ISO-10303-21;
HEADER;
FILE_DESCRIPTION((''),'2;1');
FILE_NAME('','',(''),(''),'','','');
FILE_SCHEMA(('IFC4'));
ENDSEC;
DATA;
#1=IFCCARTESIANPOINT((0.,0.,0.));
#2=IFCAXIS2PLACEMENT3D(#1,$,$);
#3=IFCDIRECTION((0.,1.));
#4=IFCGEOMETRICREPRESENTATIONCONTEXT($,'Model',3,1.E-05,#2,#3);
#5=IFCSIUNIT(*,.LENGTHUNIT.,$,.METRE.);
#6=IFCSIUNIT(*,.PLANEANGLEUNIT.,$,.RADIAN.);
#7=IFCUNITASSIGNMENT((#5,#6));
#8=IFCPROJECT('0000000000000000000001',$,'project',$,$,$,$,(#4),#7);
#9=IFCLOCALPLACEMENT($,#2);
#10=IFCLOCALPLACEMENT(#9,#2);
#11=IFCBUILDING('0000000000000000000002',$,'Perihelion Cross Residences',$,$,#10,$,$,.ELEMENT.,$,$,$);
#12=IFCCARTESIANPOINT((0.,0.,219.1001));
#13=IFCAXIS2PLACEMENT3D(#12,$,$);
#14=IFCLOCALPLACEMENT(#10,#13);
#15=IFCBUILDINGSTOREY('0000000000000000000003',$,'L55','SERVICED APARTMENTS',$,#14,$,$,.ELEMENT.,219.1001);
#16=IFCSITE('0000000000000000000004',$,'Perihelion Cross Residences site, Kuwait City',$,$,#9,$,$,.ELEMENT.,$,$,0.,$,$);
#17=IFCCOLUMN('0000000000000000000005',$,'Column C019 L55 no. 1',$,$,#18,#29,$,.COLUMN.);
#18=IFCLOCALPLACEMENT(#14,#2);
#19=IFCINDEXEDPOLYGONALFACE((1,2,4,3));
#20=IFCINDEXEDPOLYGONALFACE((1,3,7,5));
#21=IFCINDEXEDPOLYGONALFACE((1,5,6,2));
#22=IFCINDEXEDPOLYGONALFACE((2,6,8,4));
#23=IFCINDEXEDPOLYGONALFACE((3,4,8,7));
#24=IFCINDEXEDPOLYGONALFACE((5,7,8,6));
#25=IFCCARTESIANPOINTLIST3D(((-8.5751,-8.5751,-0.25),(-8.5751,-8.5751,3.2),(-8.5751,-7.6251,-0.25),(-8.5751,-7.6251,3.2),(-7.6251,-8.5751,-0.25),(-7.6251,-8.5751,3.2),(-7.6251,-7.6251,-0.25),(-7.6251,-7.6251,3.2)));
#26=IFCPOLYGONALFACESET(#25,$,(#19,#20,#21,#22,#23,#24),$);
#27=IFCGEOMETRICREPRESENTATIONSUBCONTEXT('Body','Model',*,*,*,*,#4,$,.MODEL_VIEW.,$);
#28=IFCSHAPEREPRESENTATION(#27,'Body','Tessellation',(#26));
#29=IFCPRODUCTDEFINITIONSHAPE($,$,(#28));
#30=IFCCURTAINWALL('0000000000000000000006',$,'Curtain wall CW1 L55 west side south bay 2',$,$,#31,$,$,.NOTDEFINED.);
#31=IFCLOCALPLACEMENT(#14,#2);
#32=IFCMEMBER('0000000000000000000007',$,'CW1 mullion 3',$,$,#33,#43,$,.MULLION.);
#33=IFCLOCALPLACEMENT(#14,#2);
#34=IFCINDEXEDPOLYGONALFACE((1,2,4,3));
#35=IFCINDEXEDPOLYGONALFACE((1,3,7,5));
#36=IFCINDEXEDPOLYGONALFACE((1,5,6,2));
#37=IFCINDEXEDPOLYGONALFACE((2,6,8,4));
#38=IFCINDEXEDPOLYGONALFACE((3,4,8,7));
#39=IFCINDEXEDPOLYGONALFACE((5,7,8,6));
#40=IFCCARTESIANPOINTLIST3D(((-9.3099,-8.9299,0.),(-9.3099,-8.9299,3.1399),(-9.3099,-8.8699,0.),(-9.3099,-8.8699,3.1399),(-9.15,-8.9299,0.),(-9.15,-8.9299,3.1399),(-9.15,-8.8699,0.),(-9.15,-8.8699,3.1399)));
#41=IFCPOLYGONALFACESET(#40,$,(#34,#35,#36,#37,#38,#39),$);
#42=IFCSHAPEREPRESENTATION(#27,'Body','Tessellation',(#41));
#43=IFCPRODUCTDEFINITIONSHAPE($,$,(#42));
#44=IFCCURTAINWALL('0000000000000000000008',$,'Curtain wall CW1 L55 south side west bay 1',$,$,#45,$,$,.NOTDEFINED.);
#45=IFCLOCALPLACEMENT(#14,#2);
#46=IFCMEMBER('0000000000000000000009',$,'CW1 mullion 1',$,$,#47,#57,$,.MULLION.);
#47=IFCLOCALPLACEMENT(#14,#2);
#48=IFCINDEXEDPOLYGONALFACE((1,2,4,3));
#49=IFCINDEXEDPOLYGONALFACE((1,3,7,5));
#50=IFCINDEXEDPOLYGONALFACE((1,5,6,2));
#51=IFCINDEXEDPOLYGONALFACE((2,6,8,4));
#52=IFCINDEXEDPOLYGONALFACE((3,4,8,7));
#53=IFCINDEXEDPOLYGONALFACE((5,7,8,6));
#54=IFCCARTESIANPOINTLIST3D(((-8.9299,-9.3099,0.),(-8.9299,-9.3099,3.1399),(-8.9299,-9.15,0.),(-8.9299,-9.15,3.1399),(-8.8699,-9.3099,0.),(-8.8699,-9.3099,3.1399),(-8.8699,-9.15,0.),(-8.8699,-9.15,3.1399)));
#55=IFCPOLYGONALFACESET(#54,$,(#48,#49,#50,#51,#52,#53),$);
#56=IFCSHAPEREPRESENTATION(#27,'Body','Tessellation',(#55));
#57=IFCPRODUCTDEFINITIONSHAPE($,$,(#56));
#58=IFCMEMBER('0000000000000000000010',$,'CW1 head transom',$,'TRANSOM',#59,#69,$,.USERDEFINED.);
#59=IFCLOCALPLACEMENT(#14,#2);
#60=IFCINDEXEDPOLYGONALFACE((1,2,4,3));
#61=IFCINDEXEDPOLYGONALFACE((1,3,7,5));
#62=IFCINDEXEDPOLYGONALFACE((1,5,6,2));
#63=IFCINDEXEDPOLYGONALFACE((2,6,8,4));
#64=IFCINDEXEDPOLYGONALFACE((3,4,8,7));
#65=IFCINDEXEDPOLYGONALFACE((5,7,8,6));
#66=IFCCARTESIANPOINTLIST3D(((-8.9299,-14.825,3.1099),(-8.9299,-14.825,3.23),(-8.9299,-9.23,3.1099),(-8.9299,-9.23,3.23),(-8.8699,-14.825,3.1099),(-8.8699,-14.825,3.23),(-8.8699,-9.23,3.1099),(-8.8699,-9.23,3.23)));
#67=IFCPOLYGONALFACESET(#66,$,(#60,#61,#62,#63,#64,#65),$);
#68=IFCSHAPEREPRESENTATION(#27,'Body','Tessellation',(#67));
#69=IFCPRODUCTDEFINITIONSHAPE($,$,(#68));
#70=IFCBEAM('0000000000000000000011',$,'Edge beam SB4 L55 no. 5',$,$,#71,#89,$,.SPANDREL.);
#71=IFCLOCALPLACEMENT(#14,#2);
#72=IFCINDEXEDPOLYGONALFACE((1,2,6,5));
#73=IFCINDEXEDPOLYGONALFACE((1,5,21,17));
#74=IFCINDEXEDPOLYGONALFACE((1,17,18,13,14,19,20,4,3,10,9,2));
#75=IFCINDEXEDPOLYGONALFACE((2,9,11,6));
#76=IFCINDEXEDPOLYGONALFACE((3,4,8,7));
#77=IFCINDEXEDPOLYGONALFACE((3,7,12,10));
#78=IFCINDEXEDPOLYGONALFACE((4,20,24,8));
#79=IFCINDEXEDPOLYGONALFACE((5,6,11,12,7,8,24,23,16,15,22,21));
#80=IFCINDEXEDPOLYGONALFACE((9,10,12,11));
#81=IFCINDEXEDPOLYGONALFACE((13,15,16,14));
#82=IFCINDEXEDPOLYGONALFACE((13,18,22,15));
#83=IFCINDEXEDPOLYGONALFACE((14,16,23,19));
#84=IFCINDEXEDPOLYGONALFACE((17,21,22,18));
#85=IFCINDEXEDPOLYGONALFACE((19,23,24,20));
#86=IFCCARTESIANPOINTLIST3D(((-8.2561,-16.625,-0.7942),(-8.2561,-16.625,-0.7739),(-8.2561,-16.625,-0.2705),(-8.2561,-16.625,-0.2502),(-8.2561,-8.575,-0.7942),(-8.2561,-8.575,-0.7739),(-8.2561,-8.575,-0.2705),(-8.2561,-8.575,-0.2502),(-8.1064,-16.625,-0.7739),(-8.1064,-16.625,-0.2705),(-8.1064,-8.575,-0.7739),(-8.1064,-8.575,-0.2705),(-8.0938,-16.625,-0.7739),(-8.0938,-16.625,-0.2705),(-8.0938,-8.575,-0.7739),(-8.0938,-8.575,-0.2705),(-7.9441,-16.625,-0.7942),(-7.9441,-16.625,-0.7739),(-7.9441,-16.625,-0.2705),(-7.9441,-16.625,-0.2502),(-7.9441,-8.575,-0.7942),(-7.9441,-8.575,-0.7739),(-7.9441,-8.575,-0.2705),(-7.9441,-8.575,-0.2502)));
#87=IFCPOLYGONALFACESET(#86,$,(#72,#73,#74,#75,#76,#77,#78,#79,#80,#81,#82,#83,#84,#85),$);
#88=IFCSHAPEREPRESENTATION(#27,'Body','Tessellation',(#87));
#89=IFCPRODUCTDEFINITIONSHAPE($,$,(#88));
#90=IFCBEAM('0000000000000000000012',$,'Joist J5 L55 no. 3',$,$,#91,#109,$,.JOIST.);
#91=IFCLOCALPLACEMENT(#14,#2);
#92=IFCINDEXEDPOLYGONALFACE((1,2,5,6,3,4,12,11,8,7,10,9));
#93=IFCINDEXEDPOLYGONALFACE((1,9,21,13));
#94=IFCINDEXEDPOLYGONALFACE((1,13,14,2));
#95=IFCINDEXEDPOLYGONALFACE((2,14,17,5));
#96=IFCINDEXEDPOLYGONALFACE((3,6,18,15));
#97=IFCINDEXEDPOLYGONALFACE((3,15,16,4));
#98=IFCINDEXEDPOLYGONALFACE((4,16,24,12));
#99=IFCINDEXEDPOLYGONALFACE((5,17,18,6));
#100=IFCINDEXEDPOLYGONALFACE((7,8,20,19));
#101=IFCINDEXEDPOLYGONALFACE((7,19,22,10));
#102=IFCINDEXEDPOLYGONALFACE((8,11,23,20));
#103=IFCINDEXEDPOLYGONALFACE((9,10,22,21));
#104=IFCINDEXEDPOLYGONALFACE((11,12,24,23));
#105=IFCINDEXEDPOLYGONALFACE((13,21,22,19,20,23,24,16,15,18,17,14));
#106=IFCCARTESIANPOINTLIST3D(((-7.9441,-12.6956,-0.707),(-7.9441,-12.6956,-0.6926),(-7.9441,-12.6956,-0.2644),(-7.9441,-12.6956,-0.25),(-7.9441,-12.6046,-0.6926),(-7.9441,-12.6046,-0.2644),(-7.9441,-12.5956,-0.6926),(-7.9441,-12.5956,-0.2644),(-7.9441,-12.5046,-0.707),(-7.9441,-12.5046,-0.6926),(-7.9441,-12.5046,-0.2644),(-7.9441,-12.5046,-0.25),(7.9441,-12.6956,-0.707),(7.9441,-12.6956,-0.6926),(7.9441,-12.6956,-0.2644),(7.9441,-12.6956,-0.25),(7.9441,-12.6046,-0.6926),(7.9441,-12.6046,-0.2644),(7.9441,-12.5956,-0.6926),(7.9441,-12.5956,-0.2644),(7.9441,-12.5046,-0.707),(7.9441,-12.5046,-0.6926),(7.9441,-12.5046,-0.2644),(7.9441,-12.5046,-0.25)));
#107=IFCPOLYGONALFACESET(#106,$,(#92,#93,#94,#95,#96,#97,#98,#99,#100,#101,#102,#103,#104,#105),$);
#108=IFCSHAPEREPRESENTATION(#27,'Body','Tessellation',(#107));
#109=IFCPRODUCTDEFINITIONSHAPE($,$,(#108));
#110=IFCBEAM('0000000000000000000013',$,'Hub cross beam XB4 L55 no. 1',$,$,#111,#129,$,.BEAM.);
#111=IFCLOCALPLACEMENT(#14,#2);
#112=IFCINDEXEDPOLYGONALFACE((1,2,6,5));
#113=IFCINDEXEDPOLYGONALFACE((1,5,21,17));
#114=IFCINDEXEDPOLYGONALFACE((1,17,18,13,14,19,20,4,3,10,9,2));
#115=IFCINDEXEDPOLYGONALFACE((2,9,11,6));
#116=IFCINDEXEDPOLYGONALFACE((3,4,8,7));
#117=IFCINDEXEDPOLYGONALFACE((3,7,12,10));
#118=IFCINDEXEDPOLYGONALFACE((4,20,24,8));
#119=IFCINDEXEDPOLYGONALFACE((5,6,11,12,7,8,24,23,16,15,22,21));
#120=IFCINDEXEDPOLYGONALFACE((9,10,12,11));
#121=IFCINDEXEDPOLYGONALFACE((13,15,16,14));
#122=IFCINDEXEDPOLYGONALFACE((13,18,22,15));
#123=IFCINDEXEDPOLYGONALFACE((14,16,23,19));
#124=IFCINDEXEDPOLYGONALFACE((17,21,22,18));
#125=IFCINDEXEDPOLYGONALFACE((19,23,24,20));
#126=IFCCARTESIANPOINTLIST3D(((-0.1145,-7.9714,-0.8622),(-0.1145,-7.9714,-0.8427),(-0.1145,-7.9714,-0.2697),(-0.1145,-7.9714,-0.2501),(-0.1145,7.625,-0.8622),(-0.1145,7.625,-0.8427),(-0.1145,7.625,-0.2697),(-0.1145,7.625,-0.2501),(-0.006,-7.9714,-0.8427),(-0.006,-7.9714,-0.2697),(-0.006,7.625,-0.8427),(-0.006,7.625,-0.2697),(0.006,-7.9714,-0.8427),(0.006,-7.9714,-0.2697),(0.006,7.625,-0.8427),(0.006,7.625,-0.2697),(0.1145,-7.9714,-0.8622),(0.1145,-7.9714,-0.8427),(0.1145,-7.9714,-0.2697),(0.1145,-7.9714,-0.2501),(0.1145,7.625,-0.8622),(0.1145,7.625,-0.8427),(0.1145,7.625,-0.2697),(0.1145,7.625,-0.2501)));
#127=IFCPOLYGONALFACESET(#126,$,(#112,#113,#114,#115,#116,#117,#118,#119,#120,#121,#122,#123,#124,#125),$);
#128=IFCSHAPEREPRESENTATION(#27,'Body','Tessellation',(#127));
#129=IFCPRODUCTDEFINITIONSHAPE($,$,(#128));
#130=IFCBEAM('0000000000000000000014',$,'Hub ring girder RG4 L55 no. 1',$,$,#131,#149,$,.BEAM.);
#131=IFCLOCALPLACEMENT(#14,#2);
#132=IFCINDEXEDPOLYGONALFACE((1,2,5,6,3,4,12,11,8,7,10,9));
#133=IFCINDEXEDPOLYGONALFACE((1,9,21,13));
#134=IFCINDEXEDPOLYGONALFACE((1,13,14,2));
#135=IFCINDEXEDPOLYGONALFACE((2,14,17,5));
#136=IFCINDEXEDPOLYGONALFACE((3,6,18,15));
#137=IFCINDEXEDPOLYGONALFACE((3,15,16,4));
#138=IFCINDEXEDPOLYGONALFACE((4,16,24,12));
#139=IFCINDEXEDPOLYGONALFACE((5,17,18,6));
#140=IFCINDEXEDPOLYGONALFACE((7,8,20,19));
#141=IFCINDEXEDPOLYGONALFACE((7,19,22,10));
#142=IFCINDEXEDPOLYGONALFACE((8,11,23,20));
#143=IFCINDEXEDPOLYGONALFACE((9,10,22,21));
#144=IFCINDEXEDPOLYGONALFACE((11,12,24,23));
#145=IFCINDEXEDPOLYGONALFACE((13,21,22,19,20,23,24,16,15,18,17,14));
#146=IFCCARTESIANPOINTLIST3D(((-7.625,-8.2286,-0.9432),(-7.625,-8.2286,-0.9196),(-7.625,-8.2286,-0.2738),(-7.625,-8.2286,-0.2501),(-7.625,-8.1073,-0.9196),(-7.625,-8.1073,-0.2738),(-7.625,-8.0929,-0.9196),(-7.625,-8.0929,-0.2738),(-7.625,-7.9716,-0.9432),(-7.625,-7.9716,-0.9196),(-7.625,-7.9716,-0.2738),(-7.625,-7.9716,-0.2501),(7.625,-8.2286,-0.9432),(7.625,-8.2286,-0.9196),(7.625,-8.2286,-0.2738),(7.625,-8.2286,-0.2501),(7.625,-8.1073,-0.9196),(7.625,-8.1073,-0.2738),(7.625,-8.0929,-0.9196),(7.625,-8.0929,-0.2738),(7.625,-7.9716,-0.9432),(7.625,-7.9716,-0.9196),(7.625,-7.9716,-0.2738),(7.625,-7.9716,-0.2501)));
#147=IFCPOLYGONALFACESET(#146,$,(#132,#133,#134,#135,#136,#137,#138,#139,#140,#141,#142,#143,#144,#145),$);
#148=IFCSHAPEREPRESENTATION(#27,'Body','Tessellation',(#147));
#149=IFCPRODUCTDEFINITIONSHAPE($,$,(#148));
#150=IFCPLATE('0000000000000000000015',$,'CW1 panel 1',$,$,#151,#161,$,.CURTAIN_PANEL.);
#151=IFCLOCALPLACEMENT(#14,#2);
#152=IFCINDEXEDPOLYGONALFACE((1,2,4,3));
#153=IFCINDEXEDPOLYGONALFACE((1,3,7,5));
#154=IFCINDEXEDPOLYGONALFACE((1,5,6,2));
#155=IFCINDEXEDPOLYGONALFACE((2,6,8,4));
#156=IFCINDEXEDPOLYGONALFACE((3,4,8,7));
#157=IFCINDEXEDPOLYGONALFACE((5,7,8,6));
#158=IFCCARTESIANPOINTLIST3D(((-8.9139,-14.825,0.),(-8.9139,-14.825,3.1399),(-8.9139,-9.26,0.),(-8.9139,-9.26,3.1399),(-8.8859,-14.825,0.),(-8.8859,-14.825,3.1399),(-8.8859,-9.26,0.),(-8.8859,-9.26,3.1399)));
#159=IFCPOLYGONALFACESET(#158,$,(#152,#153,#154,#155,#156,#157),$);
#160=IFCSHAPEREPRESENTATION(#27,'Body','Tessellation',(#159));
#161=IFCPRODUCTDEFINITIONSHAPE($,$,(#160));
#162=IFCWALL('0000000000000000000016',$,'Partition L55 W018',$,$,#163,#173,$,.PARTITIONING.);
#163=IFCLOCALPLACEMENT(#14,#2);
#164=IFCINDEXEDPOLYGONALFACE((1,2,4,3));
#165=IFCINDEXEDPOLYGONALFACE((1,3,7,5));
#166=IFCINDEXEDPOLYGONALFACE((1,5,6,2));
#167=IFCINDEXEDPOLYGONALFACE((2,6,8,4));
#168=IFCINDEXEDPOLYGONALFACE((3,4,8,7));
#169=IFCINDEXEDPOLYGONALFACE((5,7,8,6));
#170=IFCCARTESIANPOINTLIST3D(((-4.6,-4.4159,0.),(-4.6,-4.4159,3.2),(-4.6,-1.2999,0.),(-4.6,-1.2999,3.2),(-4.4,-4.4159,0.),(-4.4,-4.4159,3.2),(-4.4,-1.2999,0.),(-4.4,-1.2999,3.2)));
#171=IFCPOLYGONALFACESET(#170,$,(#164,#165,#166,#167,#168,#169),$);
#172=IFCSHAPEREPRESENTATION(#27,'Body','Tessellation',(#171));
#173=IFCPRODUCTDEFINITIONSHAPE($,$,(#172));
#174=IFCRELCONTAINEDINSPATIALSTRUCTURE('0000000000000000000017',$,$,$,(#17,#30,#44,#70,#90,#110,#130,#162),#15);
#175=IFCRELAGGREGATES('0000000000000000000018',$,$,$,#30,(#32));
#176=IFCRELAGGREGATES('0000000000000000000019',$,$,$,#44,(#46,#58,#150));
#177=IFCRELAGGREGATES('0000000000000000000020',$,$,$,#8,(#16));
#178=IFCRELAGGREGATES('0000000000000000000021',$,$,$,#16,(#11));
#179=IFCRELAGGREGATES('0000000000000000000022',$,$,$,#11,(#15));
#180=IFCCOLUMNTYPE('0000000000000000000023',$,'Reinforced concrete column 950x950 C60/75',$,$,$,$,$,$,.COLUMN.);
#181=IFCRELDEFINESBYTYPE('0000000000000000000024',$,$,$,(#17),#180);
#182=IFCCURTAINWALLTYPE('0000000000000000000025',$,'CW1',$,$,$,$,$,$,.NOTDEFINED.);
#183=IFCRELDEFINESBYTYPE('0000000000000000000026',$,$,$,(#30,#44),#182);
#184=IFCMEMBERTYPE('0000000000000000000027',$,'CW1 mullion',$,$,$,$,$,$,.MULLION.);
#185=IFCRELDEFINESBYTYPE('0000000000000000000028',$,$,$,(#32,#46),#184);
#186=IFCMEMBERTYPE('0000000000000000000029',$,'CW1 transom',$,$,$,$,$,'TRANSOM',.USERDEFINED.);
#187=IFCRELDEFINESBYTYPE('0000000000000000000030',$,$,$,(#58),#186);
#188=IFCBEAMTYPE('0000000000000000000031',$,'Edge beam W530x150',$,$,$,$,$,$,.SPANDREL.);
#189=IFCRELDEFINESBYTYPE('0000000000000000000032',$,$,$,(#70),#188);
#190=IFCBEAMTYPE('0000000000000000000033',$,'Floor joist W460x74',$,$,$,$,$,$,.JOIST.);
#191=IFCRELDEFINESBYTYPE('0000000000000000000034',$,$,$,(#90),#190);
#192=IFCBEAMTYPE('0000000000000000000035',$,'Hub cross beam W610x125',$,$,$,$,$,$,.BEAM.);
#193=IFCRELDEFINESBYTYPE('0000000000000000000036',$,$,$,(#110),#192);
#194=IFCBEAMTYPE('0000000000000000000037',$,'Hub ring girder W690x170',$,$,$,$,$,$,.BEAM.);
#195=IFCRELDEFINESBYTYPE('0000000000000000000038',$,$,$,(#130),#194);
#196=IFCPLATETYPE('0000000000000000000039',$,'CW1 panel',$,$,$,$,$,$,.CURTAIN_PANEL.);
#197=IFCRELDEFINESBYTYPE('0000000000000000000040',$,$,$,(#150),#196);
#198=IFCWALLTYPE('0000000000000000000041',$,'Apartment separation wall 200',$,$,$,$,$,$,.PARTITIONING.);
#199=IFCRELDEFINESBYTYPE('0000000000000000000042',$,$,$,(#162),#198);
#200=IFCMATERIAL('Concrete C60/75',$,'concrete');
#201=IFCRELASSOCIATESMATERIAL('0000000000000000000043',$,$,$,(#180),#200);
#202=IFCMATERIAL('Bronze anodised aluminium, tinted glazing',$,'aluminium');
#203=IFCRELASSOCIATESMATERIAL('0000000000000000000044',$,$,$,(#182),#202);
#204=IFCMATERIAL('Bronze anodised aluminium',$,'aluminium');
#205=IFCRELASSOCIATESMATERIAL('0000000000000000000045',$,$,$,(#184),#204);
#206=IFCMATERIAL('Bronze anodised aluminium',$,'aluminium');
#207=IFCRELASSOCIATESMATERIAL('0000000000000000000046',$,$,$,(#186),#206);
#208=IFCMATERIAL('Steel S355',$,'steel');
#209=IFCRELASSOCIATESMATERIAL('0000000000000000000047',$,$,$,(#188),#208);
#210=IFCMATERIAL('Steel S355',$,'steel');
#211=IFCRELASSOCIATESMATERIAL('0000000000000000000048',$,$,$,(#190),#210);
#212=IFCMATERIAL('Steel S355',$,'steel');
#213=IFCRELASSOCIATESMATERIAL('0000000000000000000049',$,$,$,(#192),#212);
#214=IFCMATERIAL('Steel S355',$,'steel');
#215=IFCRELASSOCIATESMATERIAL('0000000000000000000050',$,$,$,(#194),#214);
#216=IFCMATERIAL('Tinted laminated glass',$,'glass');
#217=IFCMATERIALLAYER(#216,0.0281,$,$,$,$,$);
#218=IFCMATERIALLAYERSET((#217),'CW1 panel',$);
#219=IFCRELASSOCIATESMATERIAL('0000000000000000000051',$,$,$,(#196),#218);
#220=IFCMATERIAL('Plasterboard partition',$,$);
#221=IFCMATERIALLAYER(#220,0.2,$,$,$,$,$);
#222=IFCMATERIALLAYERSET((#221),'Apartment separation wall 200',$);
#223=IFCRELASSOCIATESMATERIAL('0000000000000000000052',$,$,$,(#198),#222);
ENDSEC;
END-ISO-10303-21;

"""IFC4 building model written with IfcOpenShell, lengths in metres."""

from ifc_helpers import new_model, si_unit, direction, frame, frame_2d, origin, origin_2d, place, context, subcontext, project, spatial, rectangle, i_section, extrude, material, layer, layer_set, material_profile, profile_set, type_object, element, aggregate, save


model = new_model("IFC4")

# Units and contexts
model_context = context("Model", 3, precision=1e-05, world=origin(), true_north=direction((0.0, 1.0)))
body_context = subcontext(model_context, "Body", "Model", "MODEL_VIEW")
ifc_project = project(units=[si_unit("LENGTHUNIT", "METRE"), si_unit("PLANEANGLEUNIT", "RADIAN")], contexts=[model_context])

# Site, building, storey
site_placement = place(None, origin())
site = spatial("IfcSite", under=ifc_project, at=site_placement, Name="Perihelion Cross Residences site, Kuwait City", CompositionType="ELEMENT", RefElevation=0.0)
building_placement = place(site_placement, origin())
building = spatial("IfcBuilding", under=site, at=building_placement, Name="Perihelion Cross Residences", CompositionType="ELEMENT")
storey_placement = place(building_placement, frame((0.0, 0.0, 219.1001)))
storey = spatial("IfcBuildingStorey", under=building, at=storey_placement, Name="L55", Description="SERVICED APARTMENTS", CompositionType="ELEMENT", Elevation=219.1001)

# Column
ifc_material_1 = material(Name="Concrete C60/75", Category="concrete")
ifc_material_profile_1 = material_profile(ifc_material_1, rectangle(XDim=0.95, YDim=0.95, at=origin_2d()), Name="RC 950x950")
ifc_profile_set_1 = profile_set([ifc_material_profile_1], Name="Concrete C60/75")
column_type = type_object("IfcColumnType", Name="Reinforced concrete column 950x950 C60/75", PredefinedType="COLUMN", material=ifc_profile_set_1)
column_placement = place(storey_placement, frame((-8.1001, -8.1001, -0.25), z_axis=(0.0, 0.0, 1.0), x_axis=(1.0, 0.0, 0.0)))
element("IfcColumn", 1, at=column_placement, inside=storey, type_object=column_type, Name="Column C019 L55 no. 1", PredefinedType="COLUMN", context=body_context, shape_type="SweptSolid", body=[
    extrude(rectangle(XDim=0.95, YDim=0.95, at=origin_2d()), origin(), (0.0, 0.0, 1.0), 3.45),
])

# Curtain wall, member
ifc_material_2 = material(Name="Bronze anodised aluminium, tinted glazing", Category="aluminium")
curtain_wall_type = type_object("IfcCurtainWallType", Name="CW1", PredefinedType="NOTDEFINED", material=ifc_material_2)
curtain_wall_1_placement = place(storey_placement, origin())
curtain_wall_1 = element("IfcCurtainWall", 2, at=curtain_wall_1_placement, inside=storey, type_object=curtain_wall_type, Name="Curtain wall CW1 L55 west side south bay 2", PredefinedType="NOTDEFINED")
ifc_material_3 = material(Name="Bronze anodised aluminium", Category="aluminium")
ifc_material_profile_2 = material_profile(ifc_material_3, rectangle(XDim=0.0601, YDim=0.1599, at=origin_2d()), Name="CW1 mullion")
ifc_profile_set_2 = profile_set([ifc_material_profile_2], Name="Bronze anodised aluminium")
member_type_1 = type_object("IfcMemberType", Name="CW1 mullion", PredefinedType="MULLION", material=ifc_profile_set_2)
member_1_placement = place(storey_placement, frame((-9.23, -8.8999, 0.0), z_axis=(0.0, 0.0, 1.0), x_axis=(0.0, 1.0, 0.0)))
member_1 = element("IfcMember", 3, at=member_1_placement, type_object=member_type_1, Name="CW1 mullion 3", PredefinedType="MULLION", context=body_context, shape_type="SweptSolid", body=[
    extrude(rectangle(XDim=0.0601, YDim=0.1599, at=origin_2d()), origin(), (0.0, 0.0, 1.0), 3.1399),
])
aggregate(curtain_wall_1, [member_1])

# Curtain wall, members
curtain_wall_2_placement = place(storey_placement, origin())
curtain_wall_2 = element("IfcCurtainWall", 4, at=curtain_wall_2_placement, inside=storey, type_object=curtain_wall_type, Name="Curtain wall CW1 L55 south side west bay 1", PredefinedType="NOTDEFINED")
member_2_placement = place(storey_placement, frame((-8.8999, -9.23, 0.0), z_axis=(0.0, 0.0, 1.0), x_axis=(1.0, 0.0, 0.0)))
member_2 = element("IfcMember", 5, at=member_2_placement, type_object=member_type_1, Name="CW1 mullion 1", PredefinedType="MULLION", context=body_context, shape_type="SweptSolid", body=[
    extrude(rectangle(XDim=0.0601, YDim=0.1599, at=origin_2d()), origin(), (0.0, 0.0, 1.0), 3.1399),
])
ifc_material_4 = material(Name="Bronze anodised aluminium", Category="aluminium")
ifc_material_profile_3 = material_profile(ifc_material_4, rectangle(XDim=0.0601, YDim=0.1201, at=origin_2d()), Name="CW1 transom")
ifc_profile_set_3 = profile_set([ifc_material_profile_3], Name="Bronze anodised aluminium")
member_type_2 = type_object("IfcMemberType", Name="CW1 transom", ElementType="TRANSOM", PredefinedType="USERDEFINED", material=ifc_profile_set_3)
member_3_placement = place(storey_placement, frame((-8.8999, -9.23, 3.1699), z_axis=(0.0, -1.0, 0.0), x_axis=(1.0, 0.0, 0.0)))
member_3 = element("IfcMember", 6, at=member_3_placement, type_object=member_type_2, Name="CW1 head transom", ObjectType="TRANSOM", PredefinedType="USERDEFINED", context=body_context, shape_type="SweptSolid", body=[
    extrude(rectangle(XDim=0.0601, YDim=0.1201, at=origin_2d()), origin(), (0.0, 0.0, 1.0), 5.595),
])

# Beams
ifc_material_5 = material(Name="Steel S355", Category="steel")
ifc_material_profile_4 = material_profile(ifc_material_5, i_section(OverallWidth=0.312, OverallDepth=0.5439, WebThickness=0.0127, FlangeThickness=0.0203, at=origin_2d()), Name="W530x150")
ifc_profile_set_4 = profile_set([ifc_material_profile_4], Name="Steel S355")
beam_type_1 = type_object("IfcBeamType", Name="Edge beam W530x150", PredefinedType="SPANDREL", material=ifc_profile_set_4)
beam_1_placement = place(storey_placement, frame((-8.1001, -8.575, -0.5222), z_axis=(0.0, -1.0, 0.0), x_axis=(1.0, 0.0, 0.0)))
element("IfcBeam", 7, at=beam_1_placement, inside=storey, type_object=beam_type_1, Name="Edge beam SB4 L55 no. 5", PredefinedType="SPANDREL", context=body_context, shape_type="SweptSolid", body=[
    extrude(i_section(OverallWidth=0.312, OverallDepth=0.5439, WebThickness=0.0127, FlangeThickness=0.0203, at=origin_2d()), origin(), (0.0, 0.0, 1.0), 8.05),
])
ifc_material_6 = material(Name="Steel S355", Category="steel")
ifc_material_profile_5 = material_profile(ifc_material_6, i_section(OverallWidth=0.1909, OverallDepth=0.457, WebThickness=0.009, FlangeThickness=0.0144, at=origin_2d()), Name="W460x74")
ifc_profile_set_5 = profile_set([ifc_material_profile_5], Name="Steel S355")
beam_type_2 = type_object("IfcBeamType", Name="Floor joist W460x74", PredefinedType="JOIST", material=ifc_profile_set_5)
beam_2_placement = place(storey_placement, frame((-7.9441, -12.6001, -0.4785), z_axis=(1.0, 0.0, 0.0), x_axis=(0.0, 1.0, 0.0)))
element("IfcBeam", 8, at=beam_2_placement, inside=storey, type_object=beam_type_2, Name="Joist J5 L55 no. 3", PredefinedType="JOIST", context=body_context, shape_type="SweptSolid", body=[
    extrude(i_section(OverallWidth=0.1909, OverallDepth=0.457, WebThickness=0.009, FlangeThickness=0.0144, at=origin_2d()), origin(), (0.0, 0.0, 1.0), 15.8882),
])
ifc_material_7 = material(Name="Steel S355", Category="steel")
ifc_material_profile_6 = material_profile(ifc_material_7, i_section(OverallWidth=0.229, OverallDepth=0.6121, WebThickness=0.012, FlangeThickness=0.0195, at=origin_2d()), Name="W610x125")
ifc_profile_set_6 = profile_set([ifc_material_profile_6], Name="Steel S355")
beam_type_3 = type_object("IfcBeamType", Name="Hub cross beam W610x125", PredefinedType="BEAM", material=ifc_profile_set_6)
beam_3_placement = place(storey_placement, frame((0.0, -7.9714, -0.5562), z_axis=(0.0, 1.0, 0.0), x_axis=(-1.0, 0.0, 0.0)))
element("IfcBeam", 9, at=beam_3_placement, inside=storey, type_object=beam_type_3, Name="Hub cross beam XB4 L55 no. 1", PredefinedType="BEAM", context=body_context, shape_type="SweptSolid", body=[
    extrude(i_section(OverallWidth=0.229, OverallDepth=0.6121, WebThickness=0.012, FlangeThickness=0.0195, at=origin_2d()), origin(), (0.0, 0.0, 1.0), 15.5964),
])
ifc_material_8 = material(Name="Steel S355", Category="steel")
ifc_material_profile_7 = material_profile(ifc_material_8, i_section(OverallWidth=0.2571, OverallDepth=0.6931, WebThickness=0.0144, FlangeThickness=0.0237, at=origin_2d()), Name="W690x170")
ifc_profile_set_7 = profile_set([ifc_material_profile_7], Name="Steel S355")
beam_type_4 = type_object("IfcBeamType", Name="Hub ring girder W690x170", PredefinedType="BEAM", material=ifc_profile_set_7)
beam_4_placement = place(storey_placement, frame((-7.625, -8.1001, -0.5967), z_axis=(1.0, 0.0, 0.0), x_axis=(0.0, 1.0, 0.0)))
element("IfcBeam", 10, at=beam_4_placement, inside=storey, type_object=beam_type_4, Name="Hub ring girder RG4 L55 no. 1", PredefinedType="BEAM", context=body_context, shape_type="SweptSolid", body=[
    extrude(i_section(OverallWidth=0.2571, OverallDepth=0.6931, WebThickness=0.0144, FlangeThickness=0.0237, at=origin_2d()), origin(), (0.0, 0.0, 1.0), 15.25),
])

# Plate
ifc_material_9 = material(Name="Tinted laminated glass", Category="glass")
ifc_layer_1 = layer(ifc_material_9, 0.0281)
ifc_layer_set_1 = layer_set([ifc_layer_1], Name="CW1 panel")
plate_type = type_object("IfcPlateType", Name="CW1 panel", PredefinedType="CURTAIN_PANEL", material=ifc_layer_set_1)
plate_placement = place(storey_placement, frame((-8.8999, -12.0425, 0.0), z_axis=(0.0, 0.0, 1.0), x_axis=(0.0, -1.0, 0.0)))
plate = element("IfcPlate", 11, at=plate_placement, type_object=plate_type, Name="CW1 panel 1", PredefinedType="CURTAIN_PANEL", context=body_context, shape_type="SweptSolid", body=[
    extrude(rectangle(XDim=5.5649, YDim=0.0281, at=origin_2d()), origin(), (0.0, 0.0, 1.0), 3.1399),
])
aggregate(curtain_wall_2, [member_2, member_3, plate])

# Wall
ifc_material_10 = material(Name="Plasterboard partition")
ifc_layer_2 = layer(ifc_material_10, 0.2)
ifc_layer_set_2 = layer_set([ifc_layer_2], Name="Apartment separation wall 200")
wall_type_1 = type_object("IfcWallType", Name="Apartment separation wall 200", PredefinedType="PARTITIONING", material=ifc_layer_set_2)
wall_1_placement = place(storey_placement, frame((-4.5, -4.416, 0.0), z_axis=(0.0, 0.0, 1.0), x_axis=(0.0, 1.0, 0.0)))
element("IfcWall", 12, at=wall_1_placement, inside=storey, type_object=wall_type_1, Name="Partition L55 W018", PredefinedType="PARTITIONING", context=body_context, shape_type="SweptSolid", body=[
    extrude(rectangle(XDim=3.116, YDim=0.2, at=frame_2d((1.5581, 0.0))), origin(), (0.0, 0.0, 1.0), 3.2),
])

save(model, "model.ifc")
